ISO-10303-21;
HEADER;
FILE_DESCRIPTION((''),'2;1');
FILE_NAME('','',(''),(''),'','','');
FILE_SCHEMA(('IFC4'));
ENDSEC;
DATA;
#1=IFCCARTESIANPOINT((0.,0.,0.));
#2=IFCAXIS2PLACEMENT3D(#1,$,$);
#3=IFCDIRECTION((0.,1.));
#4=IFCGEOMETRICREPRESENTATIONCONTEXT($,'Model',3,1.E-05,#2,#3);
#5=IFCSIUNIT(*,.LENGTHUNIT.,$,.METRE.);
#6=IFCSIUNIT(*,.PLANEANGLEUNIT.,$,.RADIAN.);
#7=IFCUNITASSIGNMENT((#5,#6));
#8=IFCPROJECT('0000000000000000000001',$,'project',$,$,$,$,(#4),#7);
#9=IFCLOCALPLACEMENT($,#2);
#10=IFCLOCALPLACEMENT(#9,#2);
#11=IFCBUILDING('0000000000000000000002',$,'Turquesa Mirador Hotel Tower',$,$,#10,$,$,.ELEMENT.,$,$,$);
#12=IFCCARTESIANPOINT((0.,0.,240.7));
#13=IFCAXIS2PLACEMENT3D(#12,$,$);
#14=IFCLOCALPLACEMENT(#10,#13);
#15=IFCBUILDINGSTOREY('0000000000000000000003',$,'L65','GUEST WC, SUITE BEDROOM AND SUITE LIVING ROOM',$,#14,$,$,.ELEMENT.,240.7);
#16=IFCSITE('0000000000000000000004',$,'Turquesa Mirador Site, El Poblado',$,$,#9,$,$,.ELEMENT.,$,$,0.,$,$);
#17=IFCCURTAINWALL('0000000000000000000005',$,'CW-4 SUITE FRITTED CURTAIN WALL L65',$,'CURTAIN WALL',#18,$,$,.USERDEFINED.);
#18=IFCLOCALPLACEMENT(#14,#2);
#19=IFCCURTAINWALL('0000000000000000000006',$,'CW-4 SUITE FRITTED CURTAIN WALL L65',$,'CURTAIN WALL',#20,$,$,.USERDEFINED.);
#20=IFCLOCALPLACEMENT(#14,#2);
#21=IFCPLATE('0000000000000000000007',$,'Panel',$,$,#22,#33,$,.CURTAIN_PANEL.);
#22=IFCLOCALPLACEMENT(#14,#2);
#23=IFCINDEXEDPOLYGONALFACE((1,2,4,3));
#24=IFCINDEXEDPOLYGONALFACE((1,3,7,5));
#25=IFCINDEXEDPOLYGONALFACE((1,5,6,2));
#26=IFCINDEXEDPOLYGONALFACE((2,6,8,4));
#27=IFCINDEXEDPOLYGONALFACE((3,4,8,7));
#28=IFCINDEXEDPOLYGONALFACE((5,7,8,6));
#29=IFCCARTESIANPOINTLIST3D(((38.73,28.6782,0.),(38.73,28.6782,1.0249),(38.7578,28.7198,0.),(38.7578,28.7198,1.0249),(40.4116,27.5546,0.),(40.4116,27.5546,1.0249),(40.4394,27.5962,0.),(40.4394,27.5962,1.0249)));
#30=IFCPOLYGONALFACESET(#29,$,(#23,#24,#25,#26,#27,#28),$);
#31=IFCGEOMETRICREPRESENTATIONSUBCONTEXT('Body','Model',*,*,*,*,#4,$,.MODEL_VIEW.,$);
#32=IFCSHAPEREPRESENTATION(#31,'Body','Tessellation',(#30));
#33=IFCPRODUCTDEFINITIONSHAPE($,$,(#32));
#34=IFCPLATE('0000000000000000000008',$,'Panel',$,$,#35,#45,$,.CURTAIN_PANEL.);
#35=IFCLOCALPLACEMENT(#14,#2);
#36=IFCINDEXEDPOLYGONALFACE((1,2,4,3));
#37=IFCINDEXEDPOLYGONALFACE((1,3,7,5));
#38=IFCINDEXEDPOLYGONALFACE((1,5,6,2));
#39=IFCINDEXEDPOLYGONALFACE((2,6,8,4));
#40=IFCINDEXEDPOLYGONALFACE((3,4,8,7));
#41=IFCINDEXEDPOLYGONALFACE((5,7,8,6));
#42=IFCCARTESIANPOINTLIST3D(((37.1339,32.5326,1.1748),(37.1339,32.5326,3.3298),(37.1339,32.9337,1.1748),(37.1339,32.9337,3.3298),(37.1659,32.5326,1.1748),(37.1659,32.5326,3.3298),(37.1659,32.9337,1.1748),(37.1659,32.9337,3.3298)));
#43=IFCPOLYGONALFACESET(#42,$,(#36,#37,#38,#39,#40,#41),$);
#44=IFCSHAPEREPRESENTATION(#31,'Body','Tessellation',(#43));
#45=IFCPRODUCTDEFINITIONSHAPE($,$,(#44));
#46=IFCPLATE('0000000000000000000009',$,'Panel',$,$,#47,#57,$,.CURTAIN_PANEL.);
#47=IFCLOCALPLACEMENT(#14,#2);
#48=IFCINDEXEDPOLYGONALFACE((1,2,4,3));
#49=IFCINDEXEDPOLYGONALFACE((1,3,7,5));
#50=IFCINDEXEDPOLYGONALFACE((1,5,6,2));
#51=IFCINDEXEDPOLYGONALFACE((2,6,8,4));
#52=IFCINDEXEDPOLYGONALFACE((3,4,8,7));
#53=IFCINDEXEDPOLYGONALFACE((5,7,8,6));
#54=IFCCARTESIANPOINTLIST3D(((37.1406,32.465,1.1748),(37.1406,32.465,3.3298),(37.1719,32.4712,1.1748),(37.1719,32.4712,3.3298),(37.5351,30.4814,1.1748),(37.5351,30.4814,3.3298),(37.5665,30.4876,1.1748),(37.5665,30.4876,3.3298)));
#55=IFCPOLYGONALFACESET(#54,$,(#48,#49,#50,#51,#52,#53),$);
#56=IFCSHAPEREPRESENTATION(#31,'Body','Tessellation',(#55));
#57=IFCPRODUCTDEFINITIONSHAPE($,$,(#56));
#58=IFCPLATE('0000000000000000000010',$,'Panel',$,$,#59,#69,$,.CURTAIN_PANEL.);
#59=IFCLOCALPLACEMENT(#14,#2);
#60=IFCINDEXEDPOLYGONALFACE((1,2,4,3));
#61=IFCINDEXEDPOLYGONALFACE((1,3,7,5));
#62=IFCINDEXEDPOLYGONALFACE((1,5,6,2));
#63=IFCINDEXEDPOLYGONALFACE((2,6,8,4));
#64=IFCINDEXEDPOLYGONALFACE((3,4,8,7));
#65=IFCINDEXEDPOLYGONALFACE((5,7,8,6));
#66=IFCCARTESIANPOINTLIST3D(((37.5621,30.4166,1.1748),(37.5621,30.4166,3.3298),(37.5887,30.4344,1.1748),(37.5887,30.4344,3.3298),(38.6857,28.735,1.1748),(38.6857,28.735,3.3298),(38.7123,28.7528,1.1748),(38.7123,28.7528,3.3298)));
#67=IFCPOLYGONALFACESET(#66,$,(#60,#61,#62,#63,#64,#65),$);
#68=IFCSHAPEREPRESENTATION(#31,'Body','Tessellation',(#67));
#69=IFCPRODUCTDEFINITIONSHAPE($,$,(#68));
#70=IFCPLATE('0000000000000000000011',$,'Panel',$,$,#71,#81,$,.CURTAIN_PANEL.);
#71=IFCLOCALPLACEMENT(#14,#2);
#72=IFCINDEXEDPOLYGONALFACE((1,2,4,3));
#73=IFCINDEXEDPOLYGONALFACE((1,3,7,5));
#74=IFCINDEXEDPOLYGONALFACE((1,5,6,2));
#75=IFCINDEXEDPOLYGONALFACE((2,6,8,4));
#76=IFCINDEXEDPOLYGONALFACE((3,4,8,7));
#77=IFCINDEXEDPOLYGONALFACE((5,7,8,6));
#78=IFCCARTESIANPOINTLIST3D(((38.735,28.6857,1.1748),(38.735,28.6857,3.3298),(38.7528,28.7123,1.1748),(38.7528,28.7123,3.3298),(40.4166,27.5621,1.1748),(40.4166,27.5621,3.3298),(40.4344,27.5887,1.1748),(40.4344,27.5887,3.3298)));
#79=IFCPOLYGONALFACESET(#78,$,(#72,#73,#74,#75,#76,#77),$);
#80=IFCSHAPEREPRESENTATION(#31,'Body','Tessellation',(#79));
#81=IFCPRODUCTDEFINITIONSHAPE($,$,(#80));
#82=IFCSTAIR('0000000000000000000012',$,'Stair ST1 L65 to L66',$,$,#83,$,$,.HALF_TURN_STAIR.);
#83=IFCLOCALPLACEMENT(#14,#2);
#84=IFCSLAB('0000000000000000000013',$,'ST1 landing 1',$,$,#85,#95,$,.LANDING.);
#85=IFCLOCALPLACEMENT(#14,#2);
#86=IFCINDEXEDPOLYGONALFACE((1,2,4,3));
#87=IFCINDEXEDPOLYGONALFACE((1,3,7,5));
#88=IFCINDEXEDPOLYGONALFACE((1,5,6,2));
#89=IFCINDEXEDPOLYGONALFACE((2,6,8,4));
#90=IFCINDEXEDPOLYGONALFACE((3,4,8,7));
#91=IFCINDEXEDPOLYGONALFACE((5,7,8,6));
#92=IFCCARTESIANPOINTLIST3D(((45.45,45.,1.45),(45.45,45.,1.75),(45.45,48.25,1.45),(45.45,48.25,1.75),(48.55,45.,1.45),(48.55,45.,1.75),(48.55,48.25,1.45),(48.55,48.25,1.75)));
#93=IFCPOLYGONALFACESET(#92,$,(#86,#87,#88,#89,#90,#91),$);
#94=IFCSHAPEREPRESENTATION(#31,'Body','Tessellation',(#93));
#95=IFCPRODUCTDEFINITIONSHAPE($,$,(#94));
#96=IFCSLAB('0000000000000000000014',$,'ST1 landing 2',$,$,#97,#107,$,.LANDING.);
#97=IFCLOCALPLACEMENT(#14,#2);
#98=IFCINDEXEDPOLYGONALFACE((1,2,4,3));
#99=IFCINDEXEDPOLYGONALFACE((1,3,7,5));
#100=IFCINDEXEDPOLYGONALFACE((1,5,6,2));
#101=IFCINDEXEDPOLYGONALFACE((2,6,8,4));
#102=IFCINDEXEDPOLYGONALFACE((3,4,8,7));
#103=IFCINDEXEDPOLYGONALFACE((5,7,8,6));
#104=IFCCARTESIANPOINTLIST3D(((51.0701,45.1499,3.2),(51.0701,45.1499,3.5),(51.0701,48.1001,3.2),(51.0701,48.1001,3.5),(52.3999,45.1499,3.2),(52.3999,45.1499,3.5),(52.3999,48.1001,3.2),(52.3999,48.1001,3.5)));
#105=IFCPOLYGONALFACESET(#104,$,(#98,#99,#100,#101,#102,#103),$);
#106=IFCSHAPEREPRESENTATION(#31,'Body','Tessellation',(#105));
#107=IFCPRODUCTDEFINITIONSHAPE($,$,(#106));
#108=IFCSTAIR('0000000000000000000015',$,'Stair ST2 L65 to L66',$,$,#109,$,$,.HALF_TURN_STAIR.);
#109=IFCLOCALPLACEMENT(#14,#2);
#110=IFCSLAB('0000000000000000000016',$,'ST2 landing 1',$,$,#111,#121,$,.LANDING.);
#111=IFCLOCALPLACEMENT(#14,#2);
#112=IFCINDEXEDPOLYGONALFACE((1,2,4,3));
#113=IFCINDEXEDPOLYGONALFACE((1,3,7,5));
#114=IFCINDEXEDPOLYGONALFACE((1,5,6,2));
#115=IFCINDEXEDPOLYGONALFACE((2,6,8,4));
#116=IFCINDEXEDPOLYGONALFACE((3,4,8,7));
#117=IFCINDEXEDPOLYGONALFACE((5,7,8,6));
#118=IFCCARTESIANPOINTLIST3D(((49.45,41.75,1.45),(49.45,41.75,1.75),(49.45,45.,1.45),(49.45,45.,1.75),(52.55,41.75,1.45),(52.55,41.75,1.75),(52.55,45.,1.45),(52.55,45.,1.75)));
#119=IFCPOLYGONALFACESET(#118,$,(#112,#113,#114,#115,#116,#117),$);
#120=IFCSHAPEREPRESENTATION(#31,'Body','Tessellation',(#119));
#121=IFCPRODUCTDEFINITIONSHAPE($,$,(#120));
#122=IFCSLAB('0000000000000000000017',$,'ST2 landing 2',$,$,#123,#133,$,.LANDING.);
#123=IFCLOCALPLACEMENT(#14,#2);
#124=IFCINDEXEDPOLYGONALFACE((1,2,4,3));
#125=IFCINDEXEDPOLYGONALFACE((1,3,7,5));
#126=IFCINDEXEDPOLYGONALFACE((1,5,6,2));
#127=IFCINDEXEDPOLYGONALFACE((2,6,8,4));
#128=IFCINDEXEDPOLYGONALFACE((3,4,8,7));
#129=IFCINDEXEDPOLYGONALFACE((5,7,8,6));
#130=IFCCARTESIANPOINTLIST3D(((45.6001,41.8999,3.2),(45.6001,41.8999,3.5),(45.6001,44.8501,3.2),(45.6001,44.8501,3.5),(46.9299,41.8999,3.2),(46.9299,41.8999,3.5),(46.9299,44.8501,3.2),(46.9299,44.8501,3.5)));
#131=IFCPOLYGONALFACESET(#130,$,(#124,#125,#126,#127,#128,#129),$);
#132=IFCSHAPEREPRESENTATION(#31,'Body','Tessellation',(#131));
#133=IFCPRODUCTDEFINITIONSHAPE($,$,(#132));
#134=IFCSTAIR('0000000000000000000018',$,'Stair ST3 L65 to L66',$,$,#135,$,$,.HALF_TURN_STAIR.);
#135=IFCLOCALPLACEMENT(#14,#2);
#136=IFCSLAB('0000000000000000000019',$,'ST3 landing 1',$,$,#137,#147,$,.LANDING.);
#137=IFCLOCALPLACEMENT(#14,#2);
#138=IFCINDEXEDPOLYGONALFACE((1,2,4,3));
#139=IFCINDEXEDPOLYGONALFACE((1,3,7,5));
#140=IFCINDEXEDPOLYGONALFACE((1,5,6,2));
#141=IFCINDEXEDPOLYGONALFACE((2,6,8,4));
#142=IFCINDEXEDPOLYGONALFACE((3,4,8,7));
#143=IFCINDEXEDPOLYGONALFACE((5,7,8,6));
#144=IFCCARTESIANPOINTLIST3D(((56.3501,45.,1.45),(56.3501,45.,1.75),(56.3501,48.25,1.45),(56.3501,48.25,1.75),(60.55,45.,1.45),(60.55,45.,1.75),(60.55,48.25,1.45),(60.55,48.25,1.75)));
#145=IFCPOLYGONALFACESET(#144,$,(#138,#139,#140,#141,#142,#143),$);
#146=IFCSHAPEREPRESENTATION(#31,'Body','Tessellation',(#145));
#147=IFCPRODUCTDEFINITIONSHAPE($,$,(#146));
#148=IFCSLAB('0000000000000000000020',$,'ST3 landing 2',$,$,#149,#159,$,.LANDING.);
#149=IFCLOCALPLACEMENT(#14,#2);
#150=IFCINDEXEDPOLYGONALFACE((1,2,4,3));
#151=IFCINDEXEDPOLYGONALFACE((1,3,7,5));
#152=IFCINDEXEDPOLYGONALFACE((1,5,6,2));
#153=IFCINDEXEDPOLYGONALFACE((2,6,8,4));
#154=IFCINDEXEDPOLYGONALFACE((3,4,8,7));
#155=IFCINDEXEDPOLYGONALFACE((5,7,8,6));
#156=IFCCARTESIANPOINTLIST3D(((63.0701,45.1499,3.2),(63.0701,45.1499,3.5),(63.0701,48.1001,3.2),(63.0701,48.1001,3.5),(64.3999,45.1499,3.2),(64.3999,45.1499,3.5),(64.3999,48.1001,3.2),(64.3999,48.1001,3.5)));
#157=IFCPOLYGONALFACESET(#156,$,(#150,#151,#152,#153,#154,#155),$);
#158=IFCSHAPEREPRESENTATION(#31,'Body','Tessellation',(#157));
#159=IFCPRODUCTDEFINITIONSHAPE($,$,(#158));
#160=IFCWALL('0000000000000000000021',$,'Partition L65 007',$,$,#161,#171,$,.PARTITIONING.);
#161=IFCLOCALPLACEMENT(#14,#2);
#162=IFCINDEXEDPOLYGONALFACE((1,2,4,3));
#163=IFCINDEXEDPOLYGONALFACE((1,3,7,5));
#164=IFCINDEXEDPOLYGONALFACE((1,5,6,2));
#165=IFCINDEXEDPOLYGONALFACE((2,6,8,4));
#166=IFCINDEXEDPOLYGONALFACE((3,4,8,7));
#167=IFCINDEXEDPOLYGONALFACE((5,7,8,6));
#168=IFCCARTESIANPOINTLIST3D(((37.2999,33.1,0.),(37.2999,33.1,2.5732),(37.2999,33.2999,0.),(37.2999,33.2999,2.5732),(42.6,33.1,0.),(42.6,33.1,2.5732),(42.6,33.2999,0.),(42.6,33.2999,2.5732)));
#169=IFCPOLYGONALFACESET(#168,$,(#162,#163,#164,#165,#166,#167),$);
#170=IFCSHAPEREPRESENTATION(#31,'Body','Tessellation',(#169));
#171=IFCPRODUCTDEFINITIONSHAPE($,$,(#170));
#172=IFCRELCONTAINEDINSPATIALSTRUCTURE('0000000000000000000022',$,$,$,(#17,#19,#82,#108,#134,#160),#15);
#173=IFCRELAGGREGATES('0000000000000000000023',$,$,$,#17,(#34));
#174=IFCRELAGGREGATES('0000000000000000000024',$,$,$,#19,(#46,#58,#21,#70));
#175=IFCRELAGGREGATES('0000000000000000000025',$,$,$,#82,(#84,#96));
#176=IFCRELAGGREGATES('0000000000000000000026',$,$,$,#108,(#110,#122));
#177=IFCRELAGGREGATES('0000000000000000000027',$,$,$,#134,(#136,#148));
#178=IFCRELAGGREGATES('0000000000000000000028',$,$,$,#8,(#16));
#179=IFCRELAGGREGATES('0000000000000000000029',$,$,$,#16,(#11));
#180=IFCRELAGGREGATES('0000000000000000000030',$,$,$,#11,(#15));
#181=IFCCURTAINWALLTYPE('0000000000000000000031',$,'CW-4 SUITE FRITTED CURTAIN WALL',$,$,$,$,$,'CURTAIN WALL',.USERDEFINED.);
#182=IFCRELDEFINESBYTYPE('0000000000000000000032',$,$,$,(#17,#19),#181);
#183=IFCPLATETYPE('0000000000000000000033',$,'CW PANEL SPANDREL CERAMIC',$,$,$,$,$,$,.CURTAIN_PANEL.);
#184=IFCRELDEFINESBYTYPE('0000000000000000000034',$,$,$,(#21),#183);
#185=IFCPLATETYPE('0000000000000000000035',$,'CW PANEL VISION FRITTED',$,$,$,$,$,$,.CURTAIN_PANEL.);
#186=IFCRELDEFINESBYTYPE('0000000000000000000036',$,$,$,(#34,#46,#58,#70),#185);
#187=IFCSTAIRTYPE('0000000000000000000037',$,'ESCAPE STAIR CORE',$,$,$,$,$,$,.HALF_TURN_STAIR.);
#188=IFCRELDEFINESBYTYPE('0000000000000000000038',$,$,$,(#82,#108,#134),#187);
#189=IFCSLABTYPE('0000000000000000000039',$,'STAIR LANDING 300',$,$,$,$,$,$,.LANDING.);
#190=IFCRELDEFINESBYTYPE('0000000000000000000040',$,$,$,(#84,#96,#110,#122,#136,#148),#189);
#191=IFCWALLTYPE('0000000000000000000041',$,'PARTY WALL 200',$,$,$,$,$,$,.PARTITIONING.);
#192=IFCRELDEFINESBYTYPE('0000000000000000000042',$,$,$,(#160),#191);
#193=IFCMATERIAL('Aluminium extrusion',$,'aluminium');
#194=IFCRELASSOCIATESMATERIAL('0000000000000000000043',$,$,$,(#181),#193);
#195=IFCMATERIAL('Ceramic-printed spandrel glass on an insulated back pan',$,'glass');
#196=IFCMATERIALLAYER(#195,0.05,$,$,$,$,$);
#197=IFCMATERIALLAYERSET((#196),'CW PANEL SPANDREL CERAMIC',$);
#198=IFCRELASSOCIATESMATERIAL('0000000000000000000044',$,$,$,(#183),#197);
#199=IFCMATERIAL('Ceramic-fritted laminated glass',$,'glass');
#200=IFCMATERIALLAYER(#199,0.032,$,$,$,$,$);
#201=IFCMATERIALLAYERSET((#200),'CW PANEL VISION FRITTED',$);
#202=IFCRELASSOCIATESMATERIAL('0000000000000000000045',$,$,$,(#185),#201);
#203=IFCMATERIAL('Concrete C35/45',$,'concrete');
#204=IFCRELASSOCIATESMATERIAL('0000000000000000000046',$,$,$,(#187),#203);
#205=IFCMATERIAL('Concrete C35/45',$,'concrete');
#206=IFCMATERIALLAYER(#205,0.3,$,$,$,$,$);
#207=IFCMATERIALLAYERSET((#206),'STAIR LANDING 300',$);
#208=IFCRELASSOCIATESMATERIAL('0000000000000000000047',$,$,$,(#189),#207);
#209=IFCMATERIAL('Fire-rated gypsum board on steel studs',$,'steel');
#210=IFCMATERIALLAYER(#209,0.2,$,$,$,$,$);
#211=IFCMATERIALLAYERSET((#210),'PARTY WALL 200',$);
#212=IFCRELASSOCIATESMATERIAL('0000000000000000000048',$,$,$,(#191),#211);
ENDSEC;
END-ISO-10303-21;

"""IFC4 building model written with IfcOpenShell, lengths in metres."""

from ifc_helpers import new_model, si_unit, direction, frame, frame_2d, origin, origin_2d, place, context, subcontext, project, spatial, polyline, rectangle, outline, extrude, material, layer, layer_set, type_object, element, aggregate, save


model = new_model("IFC4")

# Units and contexts
model_context = context("Model", 3, precision=1e-05, world=origin(), true_north=direction((0.0, 1.0)))
body_context = subcontext(model_context, "Body", "Model", "MODEL_VIEW")
ifc_project = project(units=[si_unit("LENGTHUNIT", "METRE"), si_unit("PLANEANGLEUNIT", "RADIAN")], contexts=[model_context])

# Site, building, storey
site_placement = place(None, origin())
site = spatial("IfcSite", under=ifc_project, at=site_placement, Name="Turquesa Mirador Site, El Poblado", CompositionType="ELEMENT", RefElevation=0.0)
building_placement = place(site_placement, origin())
building = spatial("IfcBuilding", under=site, at=building_placement, Name="Turquesa Mirador Hotel Tower", CompositionType="ELEMENT")
storey_placement = place(building_placement, frame((0.0, 0.0, 240.7)))
storey = spatial("IfcBuildingStorey", under=building, at=storey_placement, Name="L65", Description="GUEST WC, SUITE BEDROOM AND SUITE LIVING ROOM", CompositionType="ELEMENT", Elevation=240.7)

# Curtain walls
ifc_material_1 = material(Name="Aluminium extrusion", Category="aluminium")
curtain_wall_type = type_object("IfcCurtainWallType", Name="CW-4 SUITE FRITTED CURTAIN WALL", ElementType="CURTAIN WALL", PredefinedType="USERDEFINED", material=ifc_material_1)
curtain_wall_1_placement = place(storey_placement, origin())
curtain_wall_1 = element("IfcCurtainWall", 1, at=curtain_wall_1_placement, inside=storey, type_object=curtain_wall_type, Name="CW-4 SUITE FRITTED CURTAIN WALL L65", ObjectType="CURTAIN WALL", PredefinedType="USERDEFINED")
curtain_wall_2_placement = place(storey_placement, origin())
curtain_wall_2 = element("IfcCurtainWall", 2, at=curtain_wall_2_placement, inside=storey, type_object=curtain_wall_type, Name="CW-4 SUITE FRITTED CURTAIN WALL L65", ObjectType="CURTAIN WALL", PredefinedType="USERDEFINED")

# Plates
ifc_material_2 = material(Name="Ceramic-printed spandrel glass on an insulated back pan", Category="glass")
ifc_layer_1 = layer(ifc_material_2, 0.05)
ifc_layer_set_1 = layer_set([ifc_layer_1], Name="CW PANEL SPANDREL CERAMIC")
plate_type_1 = type_object("IfcPlateType", Name="CW PANEL SPANDREL CERAMIC", PredefinedType="CURTAIN_PANEL", material=ifc_layer_set_1)
plate_1_placement = place(storey_placement, frame((39.5847, 28.1372, 0.0), z_axis=(0.0, 0.0, 1.0), x_axis=(0.83147, -0.55557, 0.0)))
plate_1 = element("IfcPlate", 3, at=plate_1_placement, type_object=plate_type_1, Name="Panel", PredefinedType="CURTAIN_PANEL", context=body_context, shape_type="SweptSolid", body=[
    extrude(rectangle(XDim=2.0225, YDim=0.05, at=origin_2d()), origin(), (0.0, 0.0, 1.0), 1.0249),
])
ifc_material_3 = material(Name="Ceramic-fritted laminated glass", Category="glass")
ifc_layer_2 = layer(ifc_material_3, 0.032)
ifc_layer_set_2 = layer_set([ifc_layer_2], Name="CW PANEL VISION FRITTED")
plate_type_2 = type_object("IfcPlateType", Name="CW PANEL VISION FRITTED", PredefinedType="CURTAIN_PANEL", material=ifc_layer_set_2)
plate_2_placement = place(storey_placement, frame((37.1499, 32.7332, 1.1748), z_axis=(0.0, 0.0, 1.0), x_axis=(0.0, -1.0, 0.0)))
plate_2 = element("IfcPlate", 4, at=plate_2_placement, type_object=plate_type_2, Name="Panel", PredefinedType="CURTAIN_PANEL", context=body_context, shape_type="SweptSolid", body=[
    extrude(rectangle(XDim=0.4011, YDim=0.032, at=origin_2d()), origin(), (0.0, 0.0, 1.0), 2.155),
])
aggregate(curtain_wall_1, [plate_2])
plate_3_placement = place(storey_placement, frame((37.3535, 31.4763, 1.1748), z_axis=(0.0, 0.0, 1.0), x_axis=(0.195091, -0.980785, 0.0)))
plate_3 = element("IfcPlate", 5, at=plate_3_placement, type_object=plate_type_2, Name="Panel", PredefinedType="CURTAIN_PANEL", context=body_context, shape_type="SweptSolid", body=[
    extrude(rectangle(XDim=2.0225, YDim=0.032, at=origin_2d()), origin(), (0.0, 0.0, 1.0), 2.155),
])
plate_4_placement = place(storey_placement, frame((38.1372, 29.5847, 1.1748), z_axis=(0.0, 0.0, 1.0), x_axis=(0.55557, -0.83147, 0.0)))
plate_4 = element("IfcPlate", 6, at=plate_4_placement, type_object=plate_type_2, Name="Panel", PredefinedType="CURTAIN_PANEL", context=body_context, shape_type="SweptSolid", body=[
    extrude(rectangle(XDim=2.0225, YDim=0.032, at=origin_2d()), origin(), (0.0, 0.0, 1.0), 2.155),
])
plate_5_placement = place(storey_placement, frame((39.5847, 28.1372, 1.1748), z_axis=(0.0, 0.0, 1.0), x_axis=(0.83147, -0.55557, 0.0)))
plate_5 = element("IfcPlate", 7, at=plate_5_placement, type_object=plate_type_2, Name="Panel", PredefinedType="CURTAIN_PANEL", context=body_context, shape_type="SweptSolid", body=[
    extrude(rectangle(XDim=2.0225, YDim=0.032, at=origin_2d()), origin(), (0.0, 0.0, 1.0), 2.155),
])
aggregate(curtain_wall_2, [plate_3, plate_4, plate_1, plate_5])

# Stairs, slabs
ifc_material_4 = material(Name="Concrete C35/45", Category="concrete")
stair_type = type_object("IfcStairType", Name="ESCAPE STAIR CORE", PredefinedType="HALF_TURN_STAIR", material=ifc_material_4)
stair_1_placement = place(storey_placement, origin())
stair_1 = element("IfcStair", 8, at=stair_1_placement, inside=storey, type_object=stair_type, Name="Stair ST1 L65 to L66", PredefinedType="HALF_TURN_STAIR")
ifc_material_5 = material(Name="Concrete C35/45", Category="concrete")
ifc_layer_3 = layer(ifc_material_5, 0.3)
ifc_layer_set_3 = layer_set([ifc_layer_3], Name="STAIR LANDING 300")
slab_type_1 = type_object("IfcSlabType", Name="STAIR LANDING 300", PredefinedType="LANDING", material=ifc_layer_set_3)
slab_1_placement = place(storey_placement, frame((0.0, 0.0, 1.45)))
slab_1 = element("IfcSlab", 9, at=slab_1_placement, type_object=slab_type_1, Name="ST1 landing 1", PredefinedType="LANDING", context=body_context, shape_type="SweptSolid", body=[
    extrude(outline(polyline([(45.45, 45.0), (48.55, 45.0), (48.55, 48.25), (45.45, 48.25), (45.45, 45.0)])), origin(), (0.0, 0.0, 1.0), 0.3),
])
slab_2_placement = place(storey_placement, frame((0.0, 0.0, 3.2)))
slab_2 = element("IfcSlab", 10, at=slab_2_placement, type_object=slab_type_1, Name="ST1 landing 2", PredefinedType="LANDING", context=body_context, shape_type="SweptSolid", body=[
    extrude(outline(polyline([(51.0701, 45.1499), (52.3999, 45.1499), (52.3999, 48.1001), (51.0701, 48.1001), (51.0701, 45.1499)])), origin(), (0.0, 0.0, 1.0), 0.3),
])
aggregate(stair_1, [slab_1, slab_2])
stair_2_placement = place(storey_placement, origin())
stair_2 = element("IfcStair", 11, at=stair_2_placement, inside=storey, type_object=stair_type, Name="Stair ST2 L65 to L66", PredefinedType="HALF_TURN_STAIR")
slab_3_placement = place(storey_placement, frame((0.0, 0.0, 1.45)))
slab_3 = element("IfcSlab", 12, at=slab_3_placement, type_object=slab_type_1, Name="ST2 landing 1", PredefinedType="LANDING", context=body_context, shape_type="SweptSolid", body=[
    extrude(outline(polyline([(52.55, 45.0), (49.45, 45.0), (49.45, 41.75), (52.55, 41.75), (52.55, 45.0)])), origin(), (0.0, 0.0, 1.0), 0.3),
])
slab_4_placement = place(storey_placement, frame((0.0, 0.0, 3.2)))
slab_4 = element("IfcSlab", 13, at=slab_4_placement, type_object=slab_type_1, Name="ST2 landing 2", PredefinedType="LANDING", context=body_context, shape_type="SweptSolid", body=[
    extrude(outline(polyline([(46.9299, 44.8501), (45.6001, 44.8501), (45.6001, 41.8999), (46.9299, 41.8999), (46.9299, 44.8501)])), origin(), (0.0, 0.0, 1.0), 0.3),
])
aggregate(stair_2, [slab_3, slab_4])
stair_3_placement = place(storey_placement, origin())
stair_3 = element("IfcStair", 14, at=stair_3_placement, inside=storey, type_object=stair_type, Name="Stair ST3 L65 to L66", PredefinedType="HALF_TURN_STAIR")
slab_5_placement = place(storey_placement, frame((0.0, 0.0, 1.45)))
slab_5 = element("IfcSlab", 15, at=slab_5_placement, type_object=slab_type_1, Name="ST3 landing 1", PredefinedType="LANDING", context=body_context, shape_type="SweptSolid", body=[
    extrude(outline(polyline([(56.3501, 45.0), (60.55, 45.0), (60.55, 48.25), (56.3501, 48.25), (56.3501, 45.0)])), origin(), (0.0, 0.0, 1.0), 0.3),
])
slab_6_placement = place(storey_placement, frame((0.0, 0.0, 3.2)))
slab_6 = element("IfcSlab", 16, at=slab_6_placement, type_object=slab_type_1, Name="ST3 landing 2", PredefinedType="LANDING", context=body_context, shape_type="SweptSolid", body=[
    extrude(outline(polyline([(63.0701, 45.1499), (64.3999, 45.1499), (64.3999, 48.1001), (63.0701, 48.1001), (63.0701, 45.1499)])), origin(), (0.0, 0.0, 1.0), 0.3),
])
aggregate(stair_3, [slab_5, slab_6])

# Wall
ifc_material_6 = material(Name="Fire-rated gypsum board on steel studs", Category="steel")
ifc_layer_4 = layer(ifc_material_6, 0.2)
ifc_layer_set_4 = layer_set([ifc_layer_4], Name="PARTY WALL 200")
wall_type = type_object("IfcWallType", Name="PARTY WALL 200", PredefinedType="PARTITIONING", material=ifc_layer_set_4)
wall_placement = place(storey_placement, frame((37.3, 33.2, 0.0), z_axis=(0.0, 0.0, 1.0), x_axis=(1.0, 0.0, 0.0)))
element("IfcWall", 17, at=wall_placement, inside=storey, type_object=wall_type, Name="Partition L65 007", PredefinedType="PARTITIONING", context=body_context, shape_type="SweptSolid", body=[
    extrude(rectangle(XDim=5.3, YDim=0.2, at=frame_2d((2.6499, 0.0))), origin(), (0.0, 0.0, 1.0), 2.5732),
])

save(model, "model.ifc")
